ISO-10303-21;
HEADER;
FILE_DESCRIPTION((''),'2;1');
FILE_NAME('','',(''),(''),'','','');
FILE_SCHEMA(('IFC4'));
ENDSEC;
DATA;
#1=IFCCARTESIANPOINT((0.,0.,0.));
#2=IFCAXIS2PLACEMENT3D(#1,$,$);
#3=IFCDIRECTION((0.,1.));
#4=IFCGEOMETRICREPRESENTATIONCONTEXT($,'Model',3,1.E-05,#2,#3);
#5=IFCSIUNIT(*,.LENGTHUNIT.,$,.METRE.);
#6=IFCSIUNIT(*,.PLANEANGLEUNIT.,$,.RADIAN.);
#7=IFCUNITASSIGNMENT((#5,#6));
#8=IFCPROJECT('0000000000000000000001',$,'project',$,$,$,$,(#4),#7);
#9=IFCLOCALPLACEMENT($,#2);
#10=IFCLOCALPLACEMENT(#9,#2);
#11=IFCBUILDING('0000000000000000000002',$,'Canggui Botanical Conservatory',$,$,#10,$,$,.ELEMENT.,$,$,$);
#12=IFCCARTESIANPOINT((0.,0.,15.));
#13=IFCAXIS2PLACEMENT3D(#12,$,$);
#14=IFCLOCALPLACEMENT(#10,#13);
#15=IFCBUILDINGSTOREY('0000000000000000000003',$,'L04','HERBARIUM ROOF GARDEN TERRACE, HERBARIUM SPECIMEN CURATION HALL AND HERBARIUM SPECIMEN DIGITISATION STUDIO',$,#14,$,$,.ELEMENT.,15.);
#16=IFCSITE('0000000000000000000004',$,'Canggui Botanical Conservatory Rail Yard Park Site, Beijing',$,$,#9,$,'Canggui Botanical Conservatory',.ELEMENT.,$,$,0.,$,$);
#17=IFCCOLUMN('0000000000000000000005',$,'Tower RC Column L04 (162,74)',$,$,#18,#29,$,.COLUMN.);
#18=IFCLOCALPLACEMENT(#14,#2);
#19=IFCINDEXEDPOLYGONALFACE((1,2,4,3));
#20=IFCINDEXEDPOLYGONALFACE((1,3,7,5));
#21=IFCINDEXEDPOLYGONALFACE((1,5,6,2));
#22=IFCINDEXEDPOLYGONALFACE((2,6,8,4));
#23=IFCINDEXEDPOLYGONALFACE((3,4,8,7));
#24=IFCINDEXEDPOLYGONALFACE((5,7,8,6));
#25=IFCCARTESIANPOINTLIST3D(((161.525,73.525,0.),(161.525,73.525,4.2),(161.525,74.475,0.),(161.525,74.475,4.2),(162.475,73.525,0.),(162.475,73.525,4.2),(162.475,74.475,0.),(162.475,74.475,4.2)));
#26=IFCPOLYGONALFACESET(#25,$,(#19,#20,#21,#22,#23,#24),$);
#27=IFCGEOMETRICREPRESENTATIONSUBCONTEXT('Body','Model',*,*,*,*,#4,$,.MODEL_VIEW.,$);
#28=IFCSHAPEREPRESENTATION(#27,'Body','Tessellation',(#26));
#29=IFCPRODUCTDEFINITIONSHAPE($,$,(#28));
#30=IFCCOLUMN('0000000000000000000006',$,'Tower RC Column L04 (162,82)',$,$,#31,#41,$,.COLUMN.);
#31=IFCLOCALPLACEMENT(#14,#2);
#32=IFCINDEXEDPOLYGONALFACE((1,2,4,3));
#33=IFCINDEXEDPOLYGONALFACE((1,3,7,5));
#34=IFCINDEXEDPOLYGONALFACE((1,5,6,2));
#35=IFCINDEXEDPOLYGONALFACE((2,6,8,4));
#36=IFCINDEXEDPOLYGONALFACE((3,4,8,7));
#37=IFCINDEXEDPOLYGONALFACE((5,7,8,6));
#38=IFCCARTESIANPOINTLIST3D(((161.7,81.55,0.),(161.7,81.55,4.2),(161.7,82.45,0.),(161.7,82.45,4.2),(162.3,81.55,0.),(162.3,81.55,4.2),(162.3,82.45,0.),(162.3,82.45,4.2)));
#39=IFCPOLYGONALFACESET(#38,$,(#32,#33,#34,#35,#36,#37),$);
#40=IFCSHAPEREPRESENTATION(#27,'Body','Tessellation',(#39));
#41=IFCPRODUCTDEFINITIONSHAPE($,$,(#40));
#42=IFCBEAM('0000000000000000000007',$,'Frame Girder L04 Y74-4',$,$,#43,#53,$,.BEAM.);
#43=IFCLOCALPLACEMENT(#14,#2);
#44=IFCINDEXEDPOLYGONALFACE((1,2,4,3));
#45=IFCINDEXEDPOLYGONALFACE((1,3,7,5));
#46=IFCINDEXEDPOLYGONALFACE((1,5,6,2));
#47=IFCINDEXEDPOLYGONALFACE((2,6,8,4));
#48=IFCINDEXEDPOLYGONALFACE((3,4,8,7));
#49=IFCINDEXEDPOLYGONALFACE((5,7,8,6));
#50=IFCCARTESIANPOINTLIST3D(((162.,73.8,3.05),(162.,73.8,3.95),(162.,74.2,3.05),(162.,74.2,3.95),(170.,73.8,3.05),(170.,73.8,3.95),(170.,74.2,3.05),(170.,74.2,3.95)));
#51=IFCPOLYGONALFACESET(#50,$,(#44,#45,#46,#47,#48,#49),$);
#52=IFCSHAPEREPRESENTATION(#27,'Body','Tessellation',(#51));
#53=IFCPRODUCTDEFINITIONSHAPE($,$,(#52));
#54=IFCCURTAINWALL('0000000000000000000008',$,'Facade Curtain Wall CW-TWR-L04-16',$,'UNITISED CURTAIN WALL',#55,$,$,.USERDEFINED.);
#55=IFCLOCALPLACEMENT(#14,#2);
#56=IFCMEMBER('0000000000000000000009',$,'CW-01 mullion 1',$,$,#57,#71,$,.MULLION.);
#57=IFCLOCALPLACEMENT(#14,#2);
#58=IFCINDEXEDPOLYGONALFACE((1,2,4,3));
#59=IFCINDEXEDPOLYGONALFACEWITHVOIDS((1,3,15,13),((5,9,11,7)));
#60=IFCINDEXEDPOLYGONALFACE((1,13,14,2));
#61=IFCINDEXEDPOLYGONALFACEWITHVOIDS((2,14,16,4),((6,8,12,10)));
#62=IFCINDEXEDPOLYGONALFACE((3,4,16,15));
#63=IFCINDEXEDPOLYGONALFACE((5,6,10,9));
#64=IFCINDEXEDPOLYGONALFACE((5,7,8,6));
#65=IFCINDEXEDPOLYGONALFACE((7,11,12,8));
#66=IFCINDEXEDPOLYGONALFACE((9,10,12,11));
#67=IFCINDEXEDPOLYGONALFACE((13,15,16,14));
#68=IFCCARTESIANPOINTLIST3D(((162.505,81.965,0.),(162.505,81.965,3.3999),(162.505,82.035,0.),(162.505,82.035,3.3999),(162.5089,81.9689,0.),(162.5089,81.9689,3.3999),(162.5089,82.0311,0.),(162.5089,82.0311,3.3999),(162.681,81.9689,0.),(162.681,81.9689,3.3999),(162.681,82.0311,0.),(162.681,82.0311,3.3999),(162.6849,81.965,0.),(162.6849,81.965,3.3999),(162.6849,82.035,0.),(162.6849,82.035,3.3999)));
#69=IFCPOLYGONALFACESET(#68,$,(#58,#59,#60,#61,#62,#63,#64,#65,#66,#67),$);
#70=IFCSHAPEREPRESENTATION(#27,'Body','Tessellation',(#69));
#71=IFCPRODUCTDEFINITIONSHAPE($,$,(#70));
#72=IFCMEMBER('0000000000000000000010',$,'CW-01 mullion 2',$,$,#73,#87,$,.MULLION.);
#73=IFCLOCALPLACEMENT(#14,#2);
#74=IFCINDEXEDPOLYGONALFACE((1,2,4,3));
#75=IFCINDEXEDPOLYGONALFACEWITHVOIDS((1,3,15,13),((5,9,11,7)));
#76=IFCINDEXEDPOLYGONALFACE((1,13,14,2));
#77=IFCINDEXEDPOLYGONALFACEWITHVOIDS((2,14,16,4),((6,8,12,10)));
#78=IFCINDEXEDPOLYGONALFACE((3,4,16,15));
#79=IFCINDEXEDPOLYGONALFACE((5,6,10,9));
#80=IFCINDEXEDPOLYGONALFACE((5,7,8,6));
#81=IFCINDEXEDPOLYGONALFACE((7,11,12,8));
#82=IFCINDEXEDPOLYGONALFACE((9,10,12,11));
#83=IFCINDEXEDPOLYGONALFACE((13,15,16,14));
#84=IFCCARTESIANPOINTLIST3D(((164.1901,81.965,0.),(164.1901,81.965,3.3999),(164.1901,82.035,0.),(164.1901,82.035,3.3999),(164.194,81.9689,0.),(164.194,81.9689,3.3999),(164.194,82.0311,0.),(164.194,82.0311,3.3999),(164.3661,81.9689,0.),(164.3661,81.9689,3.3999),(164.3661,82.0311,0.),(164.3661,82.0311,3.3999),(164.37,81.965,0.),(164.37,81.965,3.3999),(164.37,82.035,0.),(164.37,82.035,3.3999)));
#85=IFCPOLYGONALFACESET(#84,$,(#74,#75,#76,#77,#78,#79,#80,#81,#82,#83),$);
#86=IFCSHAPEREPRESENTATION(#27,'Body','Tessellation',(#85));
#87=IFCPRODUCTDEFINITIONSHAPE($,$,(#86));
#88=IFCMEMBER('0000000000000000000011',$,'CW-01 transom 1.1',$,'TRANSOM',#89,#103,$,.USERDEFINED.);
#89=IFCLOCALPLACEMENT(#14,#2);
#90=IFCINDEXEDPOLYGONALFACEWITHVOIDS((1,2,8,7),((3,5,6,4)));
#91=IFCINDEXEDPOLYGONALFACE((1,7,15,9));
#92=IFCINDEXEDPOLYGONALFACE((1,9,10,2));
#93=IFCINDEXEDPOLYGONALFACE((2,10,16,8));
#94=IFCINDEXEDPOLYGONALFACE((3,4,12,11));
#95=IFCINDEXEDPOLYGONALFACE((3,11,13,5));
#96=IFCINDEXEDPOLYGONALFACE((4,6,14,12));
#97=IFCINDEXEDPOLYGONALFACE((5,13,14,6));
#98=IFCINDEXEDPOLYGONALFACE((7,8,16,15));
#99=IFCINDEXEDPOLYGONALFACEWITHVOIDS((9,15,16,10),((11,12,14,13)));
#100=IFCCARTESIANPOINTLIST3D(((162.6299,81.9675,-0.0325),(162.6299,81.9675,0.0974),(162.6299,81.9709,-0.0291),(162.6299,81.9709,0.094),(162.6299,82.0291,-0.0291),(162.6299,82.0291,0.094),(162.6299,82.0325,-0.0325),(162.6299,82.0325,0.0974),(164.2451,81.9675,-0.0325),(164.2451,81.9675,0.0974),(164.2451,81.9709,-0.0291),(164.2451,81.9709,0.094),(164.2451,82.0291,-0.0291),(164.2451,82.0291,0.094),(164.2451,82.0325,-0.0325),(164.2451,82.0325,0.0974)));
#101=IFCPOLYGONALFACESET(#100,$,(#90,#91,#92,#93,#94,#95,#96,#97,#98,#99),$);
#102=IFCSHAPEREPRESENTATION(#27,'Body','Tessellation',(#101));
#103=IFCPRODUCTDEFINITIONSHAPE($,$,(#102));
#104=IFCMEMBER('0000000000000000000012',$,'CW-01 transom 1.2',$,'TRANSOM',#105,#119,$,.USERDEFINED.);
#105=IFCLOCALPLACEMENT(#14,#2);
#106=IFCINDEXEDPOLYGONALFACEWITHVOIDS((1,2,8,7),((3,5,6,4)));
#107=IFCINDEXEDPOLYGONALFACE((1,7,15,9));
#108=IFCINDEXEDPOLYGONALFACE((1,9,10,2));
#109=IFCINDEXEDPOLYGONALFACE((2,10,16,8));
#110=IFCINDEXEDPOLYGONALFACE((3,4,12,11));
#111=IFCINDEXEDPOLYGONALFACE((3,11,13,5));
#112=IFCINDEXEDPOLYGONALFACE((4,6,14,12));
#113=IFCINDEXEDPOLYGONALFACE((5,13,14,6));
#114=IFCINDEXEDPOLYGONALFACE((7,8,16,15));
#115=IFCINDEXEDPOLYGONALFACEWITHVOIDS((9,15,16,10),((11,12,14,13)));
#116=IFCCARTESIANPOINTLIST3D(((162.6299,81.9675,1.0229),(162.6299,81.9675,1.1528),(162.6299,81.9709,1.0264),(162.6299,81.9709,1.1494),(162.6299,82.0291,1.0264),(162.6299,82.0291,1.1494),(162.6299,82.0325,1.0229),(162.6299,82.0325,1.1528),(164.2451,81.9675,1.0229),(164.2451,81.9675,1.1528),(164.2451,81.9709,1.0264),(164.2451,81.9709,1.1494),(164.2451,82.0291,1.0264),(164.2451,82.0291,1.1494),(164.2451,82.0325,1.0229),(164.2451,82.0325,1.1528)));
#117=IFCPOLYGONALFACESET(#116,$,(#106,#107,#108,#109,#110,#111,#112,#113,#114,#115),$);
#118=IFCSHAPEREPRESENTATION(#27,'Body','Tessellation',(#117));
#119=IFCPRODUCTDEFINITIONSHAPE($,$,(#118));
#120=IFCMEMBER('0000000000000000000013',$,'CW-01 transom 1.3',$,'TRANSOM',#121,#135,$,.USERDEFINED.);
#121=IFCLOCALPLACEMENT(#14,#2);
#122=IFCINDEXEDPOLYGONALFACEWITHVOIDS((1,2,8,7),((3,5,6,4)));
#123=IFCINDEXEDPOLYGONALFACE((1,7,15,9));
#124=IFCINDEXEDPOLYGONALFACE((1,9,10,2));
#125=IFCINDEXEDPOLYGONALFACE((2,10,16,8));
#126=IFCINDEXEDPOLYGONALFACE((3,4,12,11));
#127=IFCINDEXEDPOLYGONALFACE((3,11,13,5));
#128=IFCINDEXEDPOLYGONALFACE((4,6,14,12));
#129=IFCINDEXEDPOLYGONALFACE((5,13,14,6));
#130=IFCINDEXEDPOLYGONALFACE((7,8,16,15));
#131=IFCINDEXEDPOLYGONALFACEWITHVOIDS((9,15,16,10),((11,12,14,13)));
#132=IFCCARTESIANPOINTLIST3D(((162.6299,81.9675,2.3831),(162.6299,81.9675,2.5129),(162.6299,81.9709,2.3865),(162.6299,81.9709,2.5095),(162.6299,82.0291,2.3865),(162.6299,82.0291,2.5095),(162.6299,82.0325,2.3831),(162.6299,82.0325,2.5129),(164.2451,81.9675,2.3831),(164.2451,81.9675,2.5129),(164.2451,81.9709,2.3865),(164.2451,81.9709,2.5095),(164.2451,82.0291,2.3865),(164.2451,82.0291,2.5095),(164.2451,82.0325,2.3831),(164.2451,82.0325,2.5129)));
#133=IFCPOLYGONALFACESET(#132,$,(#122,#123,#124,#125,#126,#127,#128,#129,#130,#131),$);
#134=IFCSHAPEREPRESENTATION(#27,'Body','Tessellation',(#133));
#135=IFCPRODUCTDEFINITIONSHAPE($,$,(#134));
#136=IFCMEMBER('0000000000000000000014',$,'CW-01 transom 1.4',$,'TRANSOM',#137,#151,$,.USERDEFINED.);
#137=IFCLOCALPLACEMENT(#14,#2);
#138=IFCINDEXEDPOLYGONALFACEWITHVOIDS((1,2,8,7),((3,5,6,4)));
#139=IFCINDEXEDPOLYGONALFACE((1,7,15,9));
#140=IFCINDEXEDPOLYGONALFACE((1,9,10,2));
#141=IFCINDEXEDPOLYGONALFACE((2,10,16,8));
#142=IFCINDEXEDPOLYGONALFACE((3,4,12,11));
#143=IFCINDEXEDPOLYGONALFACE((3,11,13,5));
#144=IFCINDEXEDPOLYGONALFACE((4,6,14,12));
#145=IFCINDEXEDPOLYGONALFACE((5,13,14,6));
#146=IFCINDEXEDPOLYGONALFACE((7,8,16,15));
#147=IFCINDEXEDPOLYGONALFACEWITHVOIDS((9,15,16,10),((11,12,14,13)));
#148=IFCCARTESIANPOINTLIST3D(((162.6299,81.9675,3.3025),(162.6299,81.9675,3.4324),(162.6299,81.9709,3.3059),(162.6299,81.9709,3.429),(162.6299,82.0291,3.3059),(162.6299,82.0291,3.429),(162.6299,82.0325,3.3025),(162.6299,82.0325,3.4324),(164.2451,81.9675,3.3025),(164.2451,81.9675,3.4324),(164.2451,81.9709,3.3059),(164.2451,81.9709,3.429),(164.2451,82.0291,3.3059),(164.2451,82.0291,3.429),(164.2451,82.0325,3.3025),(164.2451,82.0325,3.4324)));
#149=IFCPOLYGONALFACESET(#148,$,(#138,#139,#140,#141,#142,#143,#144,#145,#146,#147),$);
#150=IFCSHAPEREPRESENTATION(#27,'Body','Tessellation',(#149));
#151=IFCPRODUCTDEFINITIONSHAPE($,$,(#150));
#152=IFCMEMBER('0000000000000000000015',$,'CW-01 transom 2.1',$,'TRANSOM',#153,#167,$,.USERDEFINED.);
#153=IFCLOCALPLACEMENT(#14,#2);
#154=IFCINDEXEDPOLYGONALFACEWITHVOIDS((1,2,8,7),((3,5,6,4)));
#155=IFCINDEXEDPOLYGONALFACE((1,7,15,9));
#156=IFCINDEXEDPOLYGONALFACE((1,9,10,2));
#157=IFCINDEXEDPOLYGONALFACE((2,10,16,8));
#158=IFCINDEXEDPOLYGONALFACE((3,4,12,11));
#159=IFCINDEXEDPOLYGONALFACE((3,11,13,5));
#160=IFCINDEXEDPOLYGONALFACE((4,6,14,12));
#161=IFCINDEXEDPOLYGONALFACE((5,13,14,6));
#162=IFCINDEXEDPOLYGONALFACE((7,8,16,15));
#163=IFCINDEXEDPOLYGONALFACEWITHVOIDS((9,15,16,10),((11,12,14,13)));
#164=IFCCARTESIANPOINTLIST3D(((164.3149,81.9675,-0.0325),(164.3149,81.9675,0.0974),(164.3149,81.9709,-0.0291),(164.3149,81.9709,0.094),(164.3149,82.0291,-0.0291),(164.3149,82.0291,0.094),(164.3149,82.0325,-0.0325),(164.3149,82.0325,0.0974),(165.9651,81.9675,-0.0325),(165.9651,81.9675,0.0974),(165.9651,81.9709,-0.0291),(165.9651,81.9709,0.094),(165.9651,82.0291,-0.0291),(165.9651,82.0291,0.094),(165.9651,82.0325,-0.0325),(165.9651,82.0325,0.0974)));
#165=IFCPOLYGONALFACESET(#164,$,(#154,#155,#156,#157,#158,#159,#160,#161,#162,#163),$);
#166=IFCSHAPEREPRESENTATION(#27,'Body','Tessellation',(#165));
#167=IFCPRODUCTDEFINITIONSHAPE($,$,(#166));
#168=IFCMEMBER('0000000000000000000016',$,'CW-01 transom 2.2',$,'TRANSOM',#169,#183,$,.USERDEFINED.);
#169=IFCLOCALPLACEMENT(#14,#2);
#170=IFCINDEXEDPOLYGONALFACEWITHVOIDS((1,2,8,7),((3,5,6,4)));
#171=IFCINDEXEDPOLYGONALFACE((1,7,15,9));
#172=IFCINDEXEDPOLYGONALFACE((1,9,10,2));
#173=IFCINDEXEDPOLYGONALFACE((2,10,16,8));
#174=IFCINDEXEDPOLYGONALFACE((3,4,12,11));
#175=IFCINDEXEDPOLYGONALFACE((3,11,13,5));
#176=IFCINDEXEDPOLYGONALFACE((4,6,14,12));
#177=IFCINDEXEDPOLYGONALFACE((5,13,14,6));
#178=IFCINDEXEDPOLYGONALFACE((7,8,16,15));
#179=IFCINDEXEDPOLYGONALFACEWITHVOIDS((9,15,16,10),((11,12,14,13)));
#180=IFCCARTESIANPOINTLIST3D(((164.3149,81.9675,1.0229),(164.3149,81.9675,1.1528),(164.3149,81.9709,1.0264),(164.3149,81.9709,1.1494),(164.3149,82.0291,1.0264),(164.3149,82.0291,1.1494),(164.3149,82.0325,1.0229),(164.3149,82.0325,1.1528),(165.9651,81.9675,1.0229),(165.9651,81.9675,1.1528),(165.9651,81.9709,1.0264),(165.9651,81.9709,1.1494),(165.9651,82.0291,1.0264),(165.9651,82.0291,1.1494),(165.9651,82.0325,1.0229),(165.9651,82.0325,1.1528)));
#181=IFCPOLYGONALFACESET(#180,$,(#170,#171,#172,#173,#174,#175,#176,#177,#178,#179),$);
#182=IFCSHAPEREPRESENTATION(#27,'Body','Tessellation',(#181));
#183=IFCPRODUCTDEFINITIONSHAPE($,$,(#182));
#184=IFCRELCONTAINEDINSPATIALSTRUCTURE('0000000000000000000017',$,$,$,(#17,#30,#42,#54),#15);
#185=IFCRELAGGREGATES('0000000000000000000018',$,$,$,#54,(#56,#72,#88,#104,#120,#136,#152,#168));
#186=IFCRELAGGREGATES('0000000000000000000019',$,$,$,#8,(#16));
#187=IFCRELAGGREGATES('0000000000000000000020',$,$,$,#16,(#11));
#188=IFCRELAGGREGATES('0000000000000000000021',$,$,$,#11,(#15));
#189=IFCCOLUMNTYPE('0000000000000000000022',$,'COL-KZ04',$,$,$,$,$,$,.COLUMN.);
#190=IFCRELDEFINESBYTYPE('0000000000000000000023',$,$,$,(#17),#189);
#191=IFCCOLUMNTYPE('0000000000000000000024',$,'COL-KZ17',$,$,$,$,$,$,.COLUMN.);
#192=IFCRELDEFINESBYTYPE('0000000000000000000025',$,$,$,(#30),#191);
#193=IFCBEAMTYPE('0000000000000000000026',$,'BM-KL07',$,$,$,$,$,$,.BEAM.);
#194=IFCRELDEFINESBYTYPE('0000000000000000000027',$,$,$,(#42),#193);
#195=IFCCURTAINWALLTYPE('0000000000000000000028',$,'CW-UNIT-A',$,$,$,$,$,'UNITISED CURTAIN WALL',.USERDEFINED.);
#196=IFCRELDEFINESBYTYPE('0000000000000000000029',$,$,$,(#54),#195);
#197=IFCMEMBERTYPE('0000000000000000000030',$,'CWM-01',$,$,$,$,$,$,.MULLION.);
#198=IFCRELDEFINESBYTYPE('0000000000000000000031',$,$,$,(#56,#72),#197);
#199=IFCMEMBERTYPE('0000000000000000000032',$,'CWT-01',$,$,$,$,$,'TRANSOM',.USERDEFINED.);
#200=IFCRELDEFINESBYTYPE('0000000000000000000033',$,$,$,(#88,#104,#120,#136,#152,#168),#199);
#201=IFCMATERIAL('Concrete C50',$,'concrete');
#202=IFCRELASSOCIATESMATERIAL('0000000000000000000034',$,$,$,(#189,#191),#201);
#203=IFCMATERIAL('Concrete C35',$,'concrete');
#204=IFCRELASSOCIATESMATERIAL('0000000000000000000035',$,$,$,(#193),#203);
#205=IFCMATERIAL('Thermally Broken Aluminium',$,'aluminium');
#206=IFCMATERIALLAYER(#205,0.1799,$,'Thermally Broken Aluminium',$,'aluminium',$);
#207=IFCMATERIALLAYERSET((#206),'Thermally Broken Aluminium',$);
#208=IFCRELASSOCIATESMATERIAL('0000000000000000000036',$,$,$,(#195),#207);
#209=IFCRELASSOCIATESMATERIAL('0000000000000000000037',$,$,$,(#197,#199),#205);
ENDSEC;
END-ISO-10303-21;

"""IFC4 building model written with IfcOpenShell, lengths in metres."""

from ifc_helpers import new_model, si_unit, direction, frame, origin, origin_2d, place, context, subcontext, project, spatial, rectangle, hollow_rectangle, extrude, material, layer, layer_set, material_profile, profile_set, type_object, element, aggregate, save


model = new_model("IFC4")

# Units and contexts
model_context = context("Model", 3, precision=1e-05, world=origin(), true_north=direction((0.0, 1.0)))
body_context = subcontext(model_context, "Body", "Model", "MODEL_VIEW")
ifc_project = project(units=[si_unit("LENGTHUNIT", "METRE"), si_unit("PLANEANGLEUNIT", "RADIAN")], contexts=[model_context])

# Site, building, storey
site_placement = place(None, origin())
site = spatial("IfcSite", under=ifc_project, at=site_placement, Name="Canggui Botanical Conservatory Rail Yard Park Site, Beijing", LongName="Canggui Botanical Conservatory", CompositionType="ELEMENT", RefElevation=0.0)
building_placement = place(site_placement, origin())
building = spatial("IfcBuilding", under=site, at=building_placement, Name="Canggui Botanical Conservatory", CompositionType="ELEMENT")
storey_placement = place(building_placement, frame((0.0, 0.0, 15.0)))
storey = spatial("IfcBuildingStorey", under=building, at=storey_placement, Name="L04", Description="HERBARIUM ROOF GARDEN TERRACE, HERBARIUM SPECIMEN CURATION HALL AND HERBARIUM SPECIMEN DIGITISATION STUDIO", CompositionType="ELEMENT", Elevation=15.0)

# Columns
ifc_material_1 = material(Name="Concrete C50", Category="concrete")
ifc_material_profile_1 = material_profile(ifc_material_1, rectangle(XDim=0.95, YDim=0.95, at=origin_2d()), Name="RC 950x950")
ifc_profile_set_1 = profile_set([ifc_material_profile_1], Name="Concrete C50")
column_type_1 = type_object("IfcColumnType", Name="COL-KZ04", PredefinedType="COLUMN", material=ifc_profile_set_1)
column_1_placement = place(storey_placement, frame((162.0, 74.0, 0.0), z_axis=(0.0, 0.0, 1.0), x_axis=(1.0, 0.0, 0.0)))
element("IfcColumn", 1, at=column_1_placement, inside=storey, type_object=column_type_1, Name="Tower RC Column L04 (162,74)", PredefinedType="COLUMN", context=body_context, shape_type="SweptSolid", body=[
    extrude(rectangle(XDim=0.95, YDim=0.95, at=origin_2d()), origin(), (0.0, 0.0, 1.0), 4.2),
])
ifc_material_profile_2 = material_profile(ifc_material_1, rectangle(XDim=0.6001, YDim=0.8999, at=origin_2d()), Name="RC 600x900")
ifc_profile_set_2 = profile_set([ifc_material_profile_2], Name="Concrete C50")
column_type_2 = type_object("IfcColumnType", Name="COL-KZ17", PredefinedType="COLUMN", material=ifc_profile_set_2)
column_2_placement = place(storey_placement, frame((162.0, 82.0, 0.0), z_axis=(0.0, 0.0, 1.0), x_axis=(1.0, 0.0, 0.0)))
element("IfcColumn", 2, at=column_2_placement, inside=storey, type_object=column_type_2, Name="Tower RC Column L04 (162,82)", PredefinedType="COLUMN", context=body_context, shape_type="SweptSolid", body=[
    extrude(rectangle(XDim=0.6001, YDim=0.8999, at=origin_2d()), origin(), (0.0, 0.0, 1.0), 4.2),
])

# Beam
ifc_material_2 = material(Name="Concrete C35", Category="concrete")
ifc_material_profile_3 = material_profile(ifc_material_2, rectangle(XDim=0.3999, YDim=0.8999, at=origin_2d()), Name="RB 400x900")
ifc_profile_set_3 = profile_set([ifc_material_profile_3], Name="Concrete C35")
beam_type = type_object("IfcBeamType", Name="BM-KL07", PredefinedType="BEAM", material=ifc_profile_set_3)
beam_placement = place(storey_placement, frame((162.0, 74.0, 3.5), z_axis=(1.0, 0.0, 0.0), x_axis=(0.0, 1.0, 0.0)))
element("IfcBeam", 3, at=beam_placement, inside=storey, type_object=beam_type, Name="Frame Girder L04 Y74-4", PredefinedType="BEAM", context=body_context, shape_type="SweptSolid", body=[
    extrude(rectangle(XDim=0.3999, YDim=0.8999, at=origin_2d()), origin(), (0.0, 0.0, 1.0), 8.0),
])

# Curtain wall, members
ifc_material_3 = material(Name="Thermally Broken Aluminium", Category="aluminium")
ifc_layer_1 = layer(ifc_material_3, 0.1799, Name="Thermally Broken Aluminium", Category="aluminium")
ifc_layer_set_1 = layer_set([ifc_layer_1], Name="Thermally Broken Aluminium")
curtain_wall_type = type_object("IfcCurtainWallType", Name="CW-UNIT-A", ElementType="UNITISED CURTAIN WALL", PredefinedType="USERDEFINED", material=ifc_layer_set_1)
curtain_wall_placement = place(storey_placement, origin())
curtain_wall = element("IfcCurtainWall", 4, at=curtain_wall_placement, inside=storey, type_object=curtain_wall_type, Name="Facade Curtain Wall CW-TWR-L04-16", ObjectType="UNITISED CURTAIN WALL", PredefinedType="USERDEFINED")
ifc_material_profile_4 = material_profile(ifc_material_3, hollow_rectangle(XDim=0.0701, YDim=0.1799, WallThickness=0.0039, at=origin_2d()), Name="CWM 70x180x4")
ifc_profile_set_4 = profile_set([ifc_material_profile_4], Name="Thermally Broken Aluminium")
member_type_1 = type_object("IfcMemberType", Name="CWM-01", PredefinedType="MULLION", material=ifc_profile_set_4)
member_1_placement = place(storey_placement, frame((162.595, 82.0, 0.0), z_axis=(0.0, 0.0, 1.0), x_axis=(0.0, 1.0, 0.0)))
member_1 = element("IfcMember", 5, at=member_1_placement, type_object=member_type_1, Name="CW-01 mullion 1", PredefinedType="MULLION", context=body_context, shape_type="SweptSolid", body=[
    extrude(hollow_rectangle(XDim=0.0701, YDim=0.1799, WallThickness=0.0039, at=origin_2d()), origin(), (0.0, 0.0, 1.0), 3.3999),
])
member_2_placement = place(storey_placement, frame((164.28, 82.0, 0.0), z_axis=(0.0, 0.0, 1.0), x_axis=(0.0, 1.0, 0.0)))
member_2 = element("IfcMember", 6, at=member_2_placement, type_object=member_type_1, Name="CW-01 mullion 2", PredefinedType="MULLION", context=body_context, shape_type="SweptSolid", body=[
    extrude(hollow_rectangle(XDim=0.0701, YDim=0.1799, WallThickness=0.0039, at=origin_2d()), origin(), (0.0, 0.0, 1.0), 3.3999),
])
ifc_material_profile_5 = material_profile(ifc_material_3, hollow_rectangle(XDim=0.0649, YDim=0.1299, WallThickness=0.0034, at=origin_2d()), Name="CWT 65x130x3.5")
ifc_profile_set_5 = profile_set([ifc_material_profile_5], Name="Thermally Broken Aluminium")
member_type_2 = type_object("IfcMemberType", Name="CWT-01", ElementType="TRANSOM", PredefinedType="USERDEFINED", material=ifc_profile_set_5)
member_3_placement = place(storey_placement, frame((162.6299, 82.0, 0.0325), z_axis=(1.0, 0.0, 0.0), x_axis=(0.0, 1.0, 0.0)))
member_3 = element("IfcMember", 7, at=member_3_placement, type_object=member_type_2, Name="CW-01 transom 1.1", ObjectType="TRANSOM", PredefinedType="USERDEFINED", context=body_context, shape_type="SweptSolid", body=[
    extrude(hollow_rectangle(XDim=0.0649, YDim=0.1299, WallThickness=0.0034, at=origin_2d()), origin(), (0.0, 0.0, 1.0), 1.6152),
])
member_4_placement = place(storey_placement, frame((162.6299, 82.0, 1.0879), z_axis=(1.0, 0.0, 0.0), x_axis=(0.0, 1.0, 0.0)))
member_4 = element("IfcMember", 8, at=member_4_placement, type_object=member_type_2, Name="CW-01 transom 1.2", ObjectType="TRANSOM", PredefinedType="USERDEFINED", context=body_context, shape_type="SweptSolid", body=[
    extrude(hollow_rectangle(XDim=0.0649, YDim=0.1299, WallThickness=0.0034, at=origin_2d()), origin(), (0.0, 0.0, 1.0), 1.6152),
])
member_5_placement = place(storey_placement, frame((162.6299, 82.0, 2.448), z_axis=(1.0, 0.0, 0.0), x_axis=(0.0, 1.0, 0.0)))
member_5 = element("IfcMember", 9, at=member_5_placement, type_object=member_type_2, Name="CW-01 transom 1.3", ObjectType="TRANSOM", PredefinedType="USERDEFINED", context=body_context, shape_type="SweptSolid", body=[
    extrude(hollow_rectangle(XDim=0.0649, YDim=0.1299, WallThickness=0.0034, at=origin_2d()), origin(), (0.0, 0.0, 1.0), 1.6152),
])
member_6_placement = place(storey_placement, frame((162.6299, 82.0, 3.3674), z_axis=(1.0, 0.0, 0.0), x_axis=(0.0, 1.0, 0.0)))
member_6 = element("IfcMember", 10, at=member_6_placement, type_object=member_type_2, Name="CW-01 transom 1.4", ObjectType="TRANSOM", PredefinedType="USERDEFINED", context=body_context, shape_type="SweptSolid", body=[
    extrude(hollow_rectangle(XDim=0.0649, YDim=0.1299, WallThickness=0.0034, at=origin_2d()), origin(), (0.0, 0.0, 1.0), 1.6152),
])
member_7_placement = place(storey_placement, frame((164.3149, 82.0, 0.0325), z_axis=(1.0, 0.0, 0.0), x_axis=(0.0, 1.0, 0.0)))
member_7 = element("IfcMember", 11, at=member_7_placement, type_object=member_type_2, Name="CW-01 transom 2.1", ObjectType="TRANSOM", PredefinedType="USERDEFINED", context=body_context, shape_type="SweptSolid", body=[
    extrude(hollow_rectangle(XDim=0.0649, YDim=0.1299, WallThickness=0.0034, at=origin_2d()), origin(), (0.0, 0.0, 1.0), 1.6501),
])
member_8_placement = place(storey_placement, frame((164.3149, 82.0, 1.0879), z_axis=(1.0, 0.0, 0.0), x_axis=(0.0, 1.0, 0.0)))
member_8 = element("IfcMember", 12, at=member_8_placement, type_object=member_type_2, Name="CW-01 transom 2.2", ObjectType="TRANSOM", PredefinedType="USERDEFINED", context=body_context, shape_type="SweptSolid", body=[
    extrude(hollow_rectangle(XDim=0.0649, YDim=0.1299, WallThickness=0.0034, at=origin_2d()), origin(), (0.0, 0.0, 1.0), 1.6501),
])
aggregate(curtain_wall, [member_1, member_2, member_3, member_4, member_5, member_6, member_7, member_8])

save(model, "model.ifc")
